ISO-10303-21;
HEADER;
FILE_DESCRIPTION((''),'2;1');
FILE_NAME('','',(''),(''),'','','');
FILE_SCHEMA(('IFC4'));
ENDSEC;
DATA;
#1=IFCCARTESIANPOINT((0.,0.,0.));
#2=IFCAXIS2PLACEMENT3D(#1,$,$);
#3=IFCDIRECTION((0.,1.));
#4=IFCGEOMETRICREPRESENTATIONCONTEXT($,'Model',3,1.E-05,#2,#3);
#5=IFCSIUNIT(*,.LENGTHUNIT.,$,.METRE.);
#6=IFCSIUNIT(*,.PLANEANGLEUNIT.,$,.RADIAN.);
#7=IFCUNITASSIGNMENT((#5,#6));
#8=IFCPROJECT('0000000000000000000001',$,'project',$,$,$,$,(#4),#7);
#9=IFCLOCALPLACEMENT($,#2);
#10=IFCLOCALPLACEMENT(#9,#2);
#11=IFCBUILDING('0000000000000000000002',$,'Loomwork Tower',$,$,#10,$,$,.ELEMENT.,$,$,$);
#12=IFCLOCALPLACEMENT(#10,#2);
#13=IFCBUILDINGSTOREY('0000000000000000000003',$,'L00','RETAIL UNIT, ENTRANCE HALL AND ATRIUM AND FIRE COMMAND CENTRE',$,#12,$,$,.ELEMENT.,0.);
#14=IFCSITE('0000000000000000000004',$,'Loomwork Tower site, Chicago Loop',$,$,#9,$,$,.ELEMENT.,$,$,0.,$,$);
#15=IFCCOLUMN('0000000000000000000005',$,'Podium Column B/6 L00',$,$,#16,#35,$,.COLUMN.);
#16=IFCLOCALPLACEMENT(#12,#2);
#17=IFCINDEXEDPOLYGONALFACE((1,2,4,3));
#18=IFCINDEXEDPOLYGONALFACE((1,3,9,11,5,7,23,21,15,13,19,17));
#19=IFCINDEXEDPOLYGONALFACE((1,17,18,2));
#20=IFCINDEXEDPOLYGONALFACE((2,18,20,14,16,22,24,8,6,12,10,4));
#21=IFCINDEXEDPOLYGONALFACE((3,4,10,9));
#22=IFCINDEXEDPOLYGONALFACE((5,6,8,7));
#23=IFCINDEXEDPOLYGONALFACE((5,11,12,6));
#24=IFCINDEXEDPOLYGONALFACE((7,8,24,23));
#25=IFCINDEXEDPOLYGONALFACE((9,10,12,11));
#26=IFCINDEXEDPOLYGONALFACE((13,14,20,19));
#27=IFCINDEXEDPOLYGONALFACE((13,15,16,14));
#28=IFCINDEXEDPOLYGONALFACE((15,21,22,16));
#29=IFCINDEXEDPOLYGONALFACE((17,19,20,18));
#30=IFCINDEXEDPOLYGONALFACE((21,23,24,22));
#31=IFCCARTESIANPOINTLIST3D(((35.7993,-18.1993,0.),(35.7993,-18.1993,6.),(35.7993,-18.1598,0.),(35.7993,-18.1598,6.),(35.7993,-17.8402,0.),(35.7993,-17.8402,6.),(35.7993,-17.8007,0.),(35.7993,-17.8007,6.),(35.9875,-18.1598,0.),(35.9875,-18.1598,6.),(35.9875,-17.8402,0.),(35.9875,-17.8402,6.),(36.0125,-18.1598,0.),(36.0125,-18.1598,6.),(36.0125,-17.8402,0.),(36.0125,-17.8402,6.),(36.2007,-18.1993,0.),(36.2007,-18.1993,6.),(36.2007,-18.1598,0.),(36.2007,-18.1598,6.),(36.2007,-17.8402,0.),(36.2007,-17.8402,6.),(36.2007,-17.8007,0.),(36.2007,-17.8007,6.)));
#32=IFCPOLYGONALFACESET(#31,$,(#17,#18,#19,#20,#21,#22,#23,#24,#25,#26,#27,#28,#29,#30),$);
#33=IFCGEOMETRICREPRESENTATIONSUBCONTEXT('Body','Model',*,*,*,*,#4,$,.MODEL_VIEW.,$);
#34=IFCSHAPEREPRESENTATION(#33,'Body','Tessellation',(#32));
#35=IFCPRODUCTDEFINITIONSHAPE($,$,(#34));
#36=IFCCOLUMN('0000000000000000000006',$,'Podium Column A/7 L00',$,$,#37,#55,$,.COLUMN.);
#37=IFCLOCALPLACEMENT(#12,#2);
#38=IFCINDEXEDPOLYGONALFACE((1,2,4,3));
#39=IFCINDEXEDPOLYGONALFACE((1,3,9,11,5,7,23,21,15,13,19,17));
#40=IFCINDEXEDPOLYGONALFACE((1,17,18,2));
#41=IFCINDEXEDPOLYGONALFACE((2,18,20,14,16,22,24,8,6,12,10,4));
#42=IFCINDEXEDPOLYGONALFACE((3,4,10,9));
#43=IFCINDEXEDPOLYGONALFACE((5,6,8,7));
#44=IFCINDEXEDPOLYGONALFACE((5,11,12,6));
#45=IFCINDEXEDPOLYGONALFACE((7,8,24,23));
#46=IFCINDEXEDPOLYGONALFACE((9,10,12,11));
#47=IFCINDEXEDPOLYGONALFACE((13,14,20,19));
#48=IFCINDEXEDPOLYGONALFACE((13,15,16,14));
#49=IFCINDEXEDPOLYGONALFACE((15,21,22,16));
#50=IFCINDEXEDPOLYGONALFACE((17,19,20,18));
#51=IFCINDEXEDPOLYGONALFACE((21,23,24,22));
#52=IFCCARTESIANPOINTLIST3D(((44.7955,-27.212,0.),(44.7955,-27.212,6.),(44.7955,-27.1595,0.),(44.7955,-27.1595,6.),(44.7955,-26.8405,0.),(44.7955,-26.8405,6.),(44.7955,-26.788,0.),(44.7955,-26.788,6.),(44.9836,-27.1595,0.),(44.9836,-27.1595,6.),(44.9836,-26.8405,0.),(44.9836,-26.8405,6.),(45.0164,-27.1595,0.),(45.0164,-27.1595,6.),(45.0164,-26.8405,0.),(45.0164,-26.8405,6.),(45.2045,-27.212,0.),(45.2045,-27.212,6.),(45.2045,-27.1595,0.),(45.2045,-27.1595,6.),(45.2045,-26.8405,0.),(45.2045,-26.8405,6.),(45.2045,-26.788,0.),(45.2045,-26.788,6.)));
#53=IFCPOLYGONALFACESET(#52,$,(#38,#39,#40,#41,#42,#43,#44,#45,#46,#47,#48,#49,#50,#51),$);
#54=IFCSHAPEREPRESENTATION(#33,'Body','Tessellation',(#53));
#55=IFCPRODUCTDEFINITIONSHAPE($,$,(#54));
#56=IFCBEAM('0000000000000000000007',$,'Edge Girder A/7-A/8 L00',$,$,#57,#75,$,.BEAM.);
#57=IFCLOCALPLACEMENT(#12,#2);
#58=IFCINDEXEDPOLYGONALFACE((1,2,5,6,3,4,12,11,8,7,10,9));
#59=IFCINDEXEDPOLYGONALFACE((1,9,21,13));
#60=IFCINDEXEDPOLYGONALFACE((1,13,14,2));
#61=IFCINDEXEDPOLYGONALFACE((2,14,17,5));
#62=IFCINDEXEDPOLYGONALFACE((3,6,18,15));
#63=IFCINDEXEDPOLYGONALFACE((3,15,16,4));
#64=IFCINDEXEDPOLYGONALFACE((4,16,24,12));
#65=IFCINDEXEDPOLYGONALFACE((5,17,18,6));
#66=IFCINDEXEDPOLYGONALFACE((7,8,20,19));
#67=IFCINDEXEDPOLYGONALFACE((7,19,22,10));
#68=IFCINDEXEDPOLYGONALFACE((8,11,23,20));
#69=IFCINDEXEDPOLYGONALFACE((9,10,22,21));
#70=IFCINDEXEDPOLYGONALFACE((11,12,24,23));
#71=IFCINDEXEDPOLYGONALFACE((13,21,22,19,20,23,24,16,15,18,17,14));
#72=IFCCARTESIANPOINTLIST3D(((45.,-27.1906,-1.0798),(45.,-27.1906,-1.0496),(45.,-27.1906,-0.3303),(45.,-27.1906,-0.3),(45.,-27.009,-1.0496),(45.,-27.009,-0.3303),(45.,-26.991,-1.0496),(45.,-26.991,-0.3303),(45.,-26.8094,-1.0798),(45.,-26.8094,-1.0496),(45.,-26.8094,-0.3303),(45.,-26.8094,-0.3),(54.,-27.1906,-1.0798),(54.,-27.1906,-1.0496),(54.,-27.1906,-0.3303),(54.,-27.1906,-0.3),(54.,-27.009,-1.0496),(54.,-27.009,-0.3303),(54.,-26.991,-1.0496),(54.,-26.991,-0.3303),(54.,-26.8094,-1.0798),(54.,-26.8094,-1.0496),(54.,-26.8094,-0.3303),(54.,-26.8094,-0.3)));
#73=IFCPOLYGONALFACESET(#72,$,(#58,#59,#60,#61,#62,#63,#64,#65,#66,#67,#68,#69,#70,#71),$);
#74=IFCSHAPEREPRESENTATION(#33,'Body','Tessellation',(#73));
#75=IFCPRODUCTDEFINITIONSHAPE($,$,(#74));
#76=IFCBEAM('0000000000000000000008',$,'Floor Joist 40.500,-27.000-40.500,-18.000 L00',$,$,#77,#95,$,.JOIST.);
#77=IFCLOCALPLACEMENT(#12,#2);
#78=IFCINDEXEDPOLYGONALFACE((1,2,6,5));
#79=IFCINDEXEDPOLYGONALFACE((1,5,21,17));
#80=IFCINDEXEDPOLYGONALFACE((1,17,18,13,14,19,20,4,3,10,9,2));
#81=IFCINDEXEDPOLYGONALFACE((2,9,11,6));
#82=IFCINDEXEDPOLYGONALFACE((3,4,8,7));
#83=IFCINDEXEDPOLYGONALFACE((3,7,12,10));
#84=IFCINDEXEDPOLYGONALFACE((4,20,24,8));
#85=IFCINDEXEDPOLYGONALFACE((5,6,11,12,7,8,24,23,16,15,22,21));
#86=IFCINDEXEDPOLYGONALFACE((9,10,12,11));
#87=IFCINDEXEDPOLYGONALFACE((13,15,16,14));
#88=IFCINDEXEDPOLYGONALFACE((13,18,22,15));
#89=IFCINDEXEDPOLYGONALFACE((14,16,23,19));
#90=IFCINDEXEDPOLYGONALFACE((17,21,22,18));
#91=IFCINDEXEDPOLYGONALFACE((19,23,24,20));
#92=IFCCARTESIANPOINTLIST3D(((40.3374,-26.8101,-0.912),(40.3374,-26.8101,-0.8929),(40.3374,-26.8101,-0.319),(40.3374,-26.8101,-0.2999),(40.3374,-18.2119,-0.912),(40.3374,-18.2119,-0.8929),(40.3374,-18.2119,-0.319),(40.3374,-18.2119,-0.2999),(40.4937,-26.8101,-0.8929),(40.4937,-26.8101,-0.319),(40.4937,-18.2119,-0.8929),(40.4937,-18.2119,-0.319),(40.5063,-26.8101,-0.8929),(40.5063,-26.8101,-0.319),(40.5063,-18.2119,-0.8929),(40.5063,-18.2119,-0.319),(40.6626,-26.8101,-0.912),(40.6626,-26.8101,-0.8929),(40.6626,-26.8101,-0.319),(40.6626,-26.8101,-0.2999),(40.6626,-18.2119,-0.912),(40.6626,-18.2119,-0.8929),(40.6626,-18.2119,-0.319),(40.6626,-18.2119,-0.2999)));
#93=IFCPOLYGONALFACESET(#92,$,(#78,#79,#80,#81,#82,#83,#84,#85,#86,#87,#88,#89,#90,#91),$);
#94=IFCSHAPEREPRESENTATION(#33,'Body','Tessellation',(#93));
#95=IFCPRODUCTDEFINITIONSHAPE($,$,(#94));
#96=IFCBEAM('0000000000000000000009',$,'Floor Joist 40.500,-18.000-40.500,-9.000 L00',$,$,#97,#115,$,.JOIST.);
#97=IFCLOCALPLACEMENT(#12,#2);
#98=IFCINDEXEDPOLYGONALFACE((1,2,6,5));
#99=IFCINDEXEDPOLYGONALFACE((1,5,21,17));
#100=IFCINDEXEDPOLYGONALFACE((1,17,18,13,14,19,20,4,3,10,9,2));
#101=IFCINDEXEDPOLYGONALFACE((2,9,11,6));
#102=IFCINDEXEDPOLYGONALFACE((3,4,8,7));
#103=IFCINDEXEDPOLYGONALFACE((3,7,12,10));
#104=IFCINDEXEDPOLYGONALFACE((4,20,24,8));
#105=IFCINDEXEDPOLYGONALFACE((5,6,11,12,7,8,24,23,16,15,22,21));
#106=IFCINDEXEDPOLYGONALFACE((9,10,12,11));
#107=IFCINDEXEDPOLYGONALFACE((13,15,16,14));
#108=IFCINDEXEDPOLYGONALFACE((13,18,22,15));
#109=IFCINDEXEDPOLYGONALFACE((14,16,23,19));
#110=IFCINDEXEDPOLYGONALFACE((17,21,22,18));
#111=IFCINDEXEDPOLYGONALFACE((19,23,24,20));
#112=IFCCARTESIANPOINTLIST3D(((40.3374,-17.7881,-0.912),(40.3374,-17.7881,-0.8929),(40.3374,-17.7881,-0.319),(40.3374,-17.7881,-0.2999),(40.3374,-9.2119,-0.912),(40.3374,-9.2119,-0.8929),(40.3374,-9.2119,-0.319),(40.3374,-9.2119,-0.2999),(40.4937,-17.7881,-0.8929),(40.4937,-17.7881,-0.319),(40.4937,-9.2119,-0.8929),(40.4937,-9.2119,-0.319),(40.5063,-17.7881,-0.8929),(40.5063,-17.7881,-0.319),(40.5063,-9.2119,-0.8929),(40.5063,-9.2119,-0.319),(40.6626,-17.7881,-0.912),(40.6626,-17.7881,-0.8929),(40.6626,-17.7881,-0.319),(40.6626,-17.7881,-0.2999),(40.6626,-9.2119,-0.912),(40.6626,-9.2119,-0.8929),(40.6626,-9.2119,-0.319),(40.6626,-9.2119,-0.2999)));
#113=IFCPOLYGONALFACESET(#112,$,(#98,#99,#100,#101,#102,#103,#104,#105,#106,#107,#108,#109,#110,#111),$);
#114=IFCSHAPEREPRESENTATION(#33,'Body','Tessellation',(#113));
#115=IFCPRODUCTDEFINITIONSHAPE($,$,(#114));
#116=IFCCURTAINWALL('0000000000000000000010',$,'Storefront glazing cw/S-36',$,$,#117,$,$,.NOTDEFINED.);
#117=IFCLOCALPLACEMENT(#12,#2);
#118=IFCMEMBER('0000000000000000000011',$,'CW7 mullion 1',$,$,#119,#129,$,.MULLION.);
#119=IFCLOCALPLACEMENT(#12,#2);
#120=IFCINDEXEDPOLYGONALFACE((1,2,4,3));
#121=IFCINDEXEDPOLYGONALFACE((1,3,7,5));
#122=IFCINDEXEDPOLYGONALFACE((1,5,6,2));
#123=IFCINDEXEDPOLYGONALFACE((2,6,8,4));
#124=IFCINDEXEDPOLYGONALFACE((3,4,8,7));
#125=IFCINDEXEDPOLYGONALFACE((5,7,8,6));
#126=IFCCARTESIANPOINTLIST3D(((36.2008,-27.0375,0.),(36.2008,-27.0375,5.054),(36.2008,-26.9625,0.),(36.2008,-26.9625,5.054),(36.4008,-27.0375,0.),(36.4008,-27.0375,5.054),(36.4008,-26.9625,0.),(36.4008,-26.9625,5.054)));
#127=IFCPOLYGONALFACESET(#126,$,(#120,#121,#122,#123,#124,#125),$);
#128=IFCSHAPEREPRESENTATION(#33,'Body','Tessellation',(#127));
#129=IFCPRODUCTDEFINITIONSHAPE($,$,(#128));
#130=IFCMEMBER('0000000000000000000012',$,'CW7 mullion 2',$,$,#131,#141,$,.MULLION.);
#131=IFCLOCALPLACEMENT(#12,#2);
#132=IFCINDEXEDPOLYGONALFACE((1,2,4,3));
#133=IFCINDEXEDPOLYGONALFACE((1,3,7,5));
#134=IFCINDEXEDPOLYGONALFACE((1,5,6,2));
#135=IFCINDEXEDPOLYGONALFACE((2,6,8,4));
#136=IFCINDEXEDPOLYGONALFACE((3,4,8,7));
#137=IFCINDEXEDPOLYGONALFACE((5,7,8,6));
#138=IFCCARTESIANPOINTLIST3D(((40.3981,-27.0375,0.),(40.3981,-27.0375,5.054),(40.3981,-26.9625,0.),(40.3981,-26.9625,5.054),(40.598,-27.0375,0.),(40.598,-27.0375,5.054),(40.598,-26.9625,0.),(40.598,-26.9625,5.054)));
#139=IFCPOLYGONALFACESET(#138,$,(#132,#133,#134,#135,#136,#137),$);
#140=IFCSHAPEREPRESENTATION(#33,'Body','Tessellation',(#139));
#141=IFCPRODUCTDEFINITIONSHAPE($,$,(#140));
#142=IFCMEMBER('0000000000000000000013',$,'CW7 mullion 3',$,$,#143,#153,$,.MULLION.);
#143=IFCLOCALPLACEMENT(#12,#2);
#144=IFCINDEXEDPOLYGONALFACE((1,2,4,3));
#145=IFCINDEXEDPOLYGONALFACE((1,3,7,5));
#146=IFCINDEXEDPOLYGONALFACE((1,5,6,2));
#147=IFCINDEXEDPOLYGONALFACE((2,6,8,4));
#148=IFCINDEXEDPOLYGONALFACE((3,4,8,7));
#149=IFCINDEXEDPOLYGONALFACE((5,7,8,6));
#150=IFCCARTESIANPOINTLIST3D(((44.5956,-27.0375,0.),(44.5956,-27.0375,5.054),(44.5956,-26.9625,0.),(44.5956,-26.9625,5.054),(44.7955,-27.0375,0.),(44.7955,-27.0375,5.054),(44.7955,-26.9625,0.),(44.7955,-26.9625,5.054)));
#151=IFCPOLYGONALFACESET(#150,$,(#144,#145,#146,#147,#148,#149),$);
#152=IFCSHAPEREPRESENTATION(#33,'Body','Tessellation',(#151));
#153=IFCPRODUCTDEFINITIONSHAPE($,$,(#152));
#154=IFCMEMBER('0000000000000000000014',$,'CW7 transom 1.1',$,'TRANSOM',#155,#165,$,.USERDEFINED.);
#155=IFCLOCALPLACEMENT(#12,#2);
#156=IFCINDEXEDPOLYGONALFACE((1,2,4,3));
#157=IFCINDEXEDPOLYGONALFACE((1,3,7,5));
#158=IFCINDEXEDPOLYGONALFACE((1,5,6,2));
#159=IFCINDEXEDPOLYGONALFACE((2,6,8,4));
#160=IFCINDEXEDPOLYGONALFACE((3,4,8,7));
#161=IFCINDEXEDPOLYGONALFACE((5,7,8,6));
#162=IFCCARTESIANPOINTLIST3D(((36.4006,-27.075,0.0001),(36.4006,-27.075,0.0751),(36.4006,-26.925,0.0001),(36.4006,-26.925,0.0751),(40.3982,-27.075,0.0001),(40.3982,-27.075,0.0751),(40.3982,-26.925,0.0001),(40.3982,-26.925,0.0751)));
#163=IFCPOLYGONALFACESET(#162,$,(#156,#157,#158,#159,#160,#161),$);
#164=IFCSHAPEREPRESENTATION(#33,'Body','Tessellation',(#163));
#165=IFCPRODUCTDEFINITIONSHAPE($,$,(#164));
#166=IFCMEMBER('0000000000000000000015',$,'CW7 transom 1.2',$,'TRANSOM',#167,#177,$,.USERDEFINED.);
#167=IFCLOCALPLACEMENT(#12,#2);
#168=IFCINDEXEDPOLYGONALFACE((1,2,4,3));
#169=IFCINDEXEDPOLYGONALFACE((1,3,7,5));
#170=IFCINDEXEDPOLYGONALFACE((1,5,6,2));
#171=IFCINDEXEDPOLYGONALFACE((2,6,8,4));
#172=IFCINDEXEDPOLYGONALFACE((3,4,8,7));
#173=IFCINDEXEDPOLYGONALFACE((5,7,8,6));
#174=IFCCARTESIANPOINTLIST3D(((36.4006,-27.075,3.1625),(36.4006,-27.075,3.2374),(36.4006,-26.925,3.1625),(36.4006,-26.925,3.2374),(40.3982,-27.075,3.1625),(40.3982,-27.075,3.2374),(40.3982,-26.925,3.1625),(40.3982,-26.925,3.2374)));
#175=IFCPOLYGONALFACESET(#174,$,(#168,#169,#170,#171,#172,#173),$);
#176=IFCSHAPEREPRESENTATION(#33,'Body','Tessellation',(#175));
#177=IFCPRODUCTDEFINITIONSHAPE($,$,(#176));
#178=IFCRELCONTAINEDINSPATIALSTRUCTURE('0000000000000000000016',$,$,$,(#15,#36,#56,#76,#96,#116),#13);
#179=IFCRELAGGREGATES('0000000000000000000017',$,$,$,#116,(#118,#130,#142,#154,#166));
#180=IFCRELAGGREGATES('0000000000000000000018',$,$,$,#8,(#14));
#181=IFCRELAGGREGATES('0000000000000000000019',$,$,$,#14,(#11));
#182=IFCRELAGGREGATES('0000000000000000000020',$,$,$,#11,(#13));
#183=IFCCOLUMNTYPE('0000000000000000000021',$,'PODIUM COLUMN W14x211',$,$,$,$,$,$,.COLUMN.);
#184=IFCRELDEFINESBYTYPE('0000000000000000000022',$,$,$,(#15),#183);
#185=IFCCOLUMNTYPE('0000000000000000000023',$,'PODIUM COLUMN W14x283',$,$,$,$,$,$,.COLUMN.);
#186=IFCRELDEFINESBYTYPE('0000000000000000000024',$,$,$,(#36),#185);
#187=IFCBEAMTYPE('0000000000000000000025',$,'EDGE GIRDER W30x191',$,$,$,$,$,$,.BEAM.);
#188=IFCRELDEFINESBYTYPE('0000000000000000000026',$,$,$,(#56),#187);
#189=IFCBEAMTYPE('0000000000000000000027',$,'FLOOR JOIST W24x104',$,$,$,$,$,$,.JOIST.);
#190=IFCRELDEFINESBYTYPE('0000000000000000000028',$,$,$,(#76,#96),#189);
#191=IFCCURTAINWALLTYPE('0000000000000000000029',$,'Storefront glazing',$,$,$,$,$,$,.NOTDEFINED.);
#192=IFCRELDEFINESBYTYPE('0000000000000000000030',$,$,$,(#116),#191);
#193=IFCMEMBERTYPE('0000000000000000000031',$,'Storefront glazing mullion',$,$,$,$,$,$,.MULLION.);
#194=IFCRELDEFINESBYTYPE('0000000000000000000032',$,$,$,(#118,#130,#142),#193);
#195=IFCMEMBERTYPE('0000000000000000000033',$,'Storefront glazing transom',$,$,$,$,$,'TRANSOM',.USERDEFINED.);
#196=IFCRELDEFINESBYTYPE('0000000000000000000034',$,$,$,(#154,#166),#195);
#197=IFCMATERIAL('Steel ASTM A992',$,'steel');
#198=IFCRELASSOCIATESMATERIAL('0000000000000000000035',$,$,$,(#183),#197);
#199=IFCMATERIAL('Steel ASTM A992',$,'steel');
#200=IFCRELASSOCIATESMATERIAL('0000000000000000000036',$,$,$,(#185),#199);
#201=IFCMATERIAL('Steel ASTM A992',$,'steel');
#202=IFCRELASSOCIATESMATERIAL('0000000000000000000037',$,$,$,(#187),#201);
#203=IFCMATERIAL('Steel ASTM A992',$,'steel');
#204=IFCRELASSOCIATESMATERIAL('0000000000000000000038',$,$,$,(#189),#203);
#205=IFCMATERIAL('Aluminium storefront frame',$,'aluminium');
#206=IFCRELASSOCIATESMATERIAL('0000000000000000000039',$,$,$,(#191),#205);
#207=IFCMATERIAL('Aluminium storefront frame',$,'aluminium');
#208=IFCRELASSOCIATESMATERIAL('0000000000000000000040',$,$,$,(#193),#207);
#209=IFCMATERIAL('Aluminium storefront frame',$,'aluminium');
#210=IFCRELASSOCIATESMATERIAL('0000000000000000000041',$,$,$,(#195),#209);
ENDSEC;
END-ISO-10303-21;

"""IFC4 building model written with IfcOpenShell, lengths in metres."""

from ifc_helpers import new_model, si_unit, direction, frame, origin, origin_2d, place, context, subcontext, project, spatial, rectangle, i_section, extrude, material, material_profile, profile_set, type_object, element, aggregate, save


model = new_model("IFC4")

# Units and contexts
model_context = context("Model", 3, precision=1e-05, world=origin(), true_north=direction((0.0, 1.0)))
body_context = subcontext(model_context, "Body", "Model", "MODEL_VIEW")
ifc_project = project(units=[si_unit("LENGTHUNIT", "METRE"), si_unit("PLANEANGLEUNIT", "RADIAN")], contexts=[model_context])

# Site, building, storey
site_placement = place(None, origin())
site = spatial("IfcSite", under=ifc_project, at=site_placement, Name="Loomwork Tower site, Chicago Loop", CompositionType="ELEMENT", RefElevation=0.0)
building_placement = place(site_placement, origin())
building = spatial("IfcBuilding", under=site, at=building_placement, Name="Loomwork Tower", CompositionType="ELEMENT")
storey_placement = place(building_placement, origin())
storey = spatial("IfcBuildingStorey", under=building, at=storey_placement, Name="L00", Description="RETAIL UNIT, ENTRANCE HALL AND ATRIUM AND FIRE COMMAND CENTRE", CompositionType="ELEMENT", Elevation=0.0)

# Columns
ifc_material_1 = material(Name="Steel ASTM A992", Category="steel")
ifc_material_profile_1 = material_profile(ifc_material_1, i_section(OverallWidth=0.4014, OverallDepth=0.3987, WebThickness=0.0249, FlangeThickness=0.0396, at=origin_2d()), Name="W14x211")
ifc_profile_set_1 = profile_set([ifc_material_profile_1], Name="Steel ASTM A992")
column_type_1 = type_object("IfcColumnType", Name="PODIUM COLUMN W14x211", PredefinedType="COLUMN", material=ifc_profile_set_1)
column_1_placement = place(storey_placement, frame((36.0, -18.0, 0.0), z_axis=(0.0, 0.0, 1.0), x_axis=(1.0, 0.0, 0.0)))
element("IfcColumn", 1, at=column_1_placement, inside=storey, type_object=column_type_1, Name="Podium Column B/6 L00", PredefinedType="COLUMN", context=body_context, shape_type="SweptSolid", body=[
    extrude(i_section(OverallWidth=0.4014, OverallDepth=0.3987, WebThickness=0.0249, FlangeThickness=0.0396, at=origin_2d()), origin(), (0.0, 0.0, 1.0), 6.0),
])
ifc_material_2 = material(Name="Steel ASTM A992", Category="steel")
ifc_material_profile_2 = material_profile(ifc_material_2, i_section(OverallWidth=0.4089, OverallDepth=0.4241, WebThickness=0.0327, FlangeThickness=0.0525, at=origin_2d()), Name="W14x283")
ifc_profile_set_2 = profile_set([ifc_material_profile_2], Name="Steel ASTM A992")
column_type_2 = type_object("IfcColumnType", Name="PODIUM COLUMN W14x283", PredefinedType="COLUMN", material=ifc_profile_set_2)
column_2_placement = place(storey_placement, frame((45.0, -27.0, 0.0), z_axis=(0.0, 0.0, 1.0), x_axis=(1.0, 0.0, 0.0)))
element("IfcColumn", 2, at=column_2_placement, inside=storey, type_object=column_type_2, Name="Podium Column A/7 L00", PredefinedType="COLUMN", context=body_context, shape_type="SweptSolid", body=[
    extrude(i_section(OverallWidth=0.4089, OverallDepth=0.4241, WebThickness=0.0327, FlangeThickness=0.0525, at=origin_2d()), origin(), (0.0, 0.0, 1.0), 6.0),
])

# Beams
ifc_material_3 = material(Name="Steel ASTM A992", Category="steel")
ifc_material_profile_3 = material_profile(ifc_material_3, i_section(OverallWidth=0.3811, OverallDepth=0.7798, WebThickness=0.0181, FlangeThickness=0.0303, at=origin_2d()), Name="W30x191")
ifc_profile_set_3 = profile_set([ifc_material_profile_3], Name="Steel ASTM A992")
beam_type_1 = type_object("IfcBeamType", Name="EDGE GIRDER W30x191", PredefinedType="BEAM", material=ifc_profile_set_3)
beam_1_placement = place(storey_placement, frame((45.0, -27.0, -0.6899), z_axis=(1.0, 0.0, 0.0), x_axis=(0.0, 1.0, 0.0)))
element("IfcBeam", 3, at=beam_1_placement, inside=storey, type_object=beam_type_1, Name="Edge Girder A/7-A/8 L00", PredefinedType="BEAM", context=body_context, shape_type="SweptSolid", body=[
    extrude(i_section(OverallWidth=0.3811, OverallDepth=0.7798, WebThickness=0.0181, FlangeThickness=0.0303, at=origin_2d()), origin(), (0.0, 0.0, 1.0), 9.0),
])
ifc_material_4 = material(Name="Steel ASTM A992", Category="steel")
ifc_material_profile_4 = material_profile(ifc_material_4, i_section(OverallWidth=0.3252, OverallDepth=0.6121, WebThickness=0.0127, FlangeThickness=0.019, at=origin_2d()), Name="W24x104")
ifc_profile_set_4 = profile_set([ifc_material_profile_4], Name="Steel ASTM A992")
beam_type_2 = type_object("IfcBeamType", Name="FLOOR JOIST W24x104", PredefinedType="JOIST", material=ifc_profile_set_4)
beam_2_placement = place(storey_placement, frame((40.5, -26.8101, -0.606), z_axis=(0.0, 1.0, 0.0), x_axis=(-1.0, 0.0, 0.0)))
element("IfcBeam", 4, at=beam_2_placement, inside=storey, type_object=beam_type_2, Name="Floor Joist 40.500,-27.000-40.500,-18.000 L00", PredefinedType="JOIST", context=body_context, shape_type="SweptSolid", body=[
    extrude(i_section(OverallWidth=0.3252, OverallDepth=0.6121, WebThickness=0.0127, FlangeThickness=0.019, at=origin_2d()), origin(), (0.0, 0.0, 1.0), 8.5981),
])
beam_3_placement = place(storey_placement, frame((40.5, -17.7881, -0.606), z_axis=(0.0, 1.0, 0.0), x_axis=(-1.0, 0.0, 0.0)))
element("IfcBeam", 5, at=beam_3_placement, inside=storey, type_object=beam_type_2, Name="Floor Joist 40.500,-18.000-40.500,-9.000 L00", PredefinedType="JOIST", context=body_context, shape_type="SweptSolid", body=[
    extrude(i_section(OverallWidth=0.3252, OverallDepth=0.6121, WebThickness=0.0127, FlangeThickness=0.019, at=origin_2d()), origin(), (0.0, 0.0, 1.0), 8.5762),
])

# Curtain wall, members
ifc_material_5 = material(Name="Aluminium storefront frame", Category="aluminium")
curtain_wall_type = type_object("IfcCurtainWallType", Name="Storefront glazing", PredefinedType="NOTDEFINED", material=ifc_material_5)
curtain_wall_placement = place(storey_placement, origin())
curtain_wall = element("IfcCurtainWall", 6, at=curtain_wall_placement, inside=storey, type_object=curtain_wall_type, Name="Storefront glazing cw/S-36", PredefinedType="NOTDEFINED")
ifc_material_6 = material(Name="Aluminium storefront frame", Category="aluminium")
ifc_material_profile_5 = material_profile(ifc_material_6, rectangle(XDim=0.075, YDim=0.2, at=origin_2d()), Name="AL 75x200")
ifc_profile_set_5 = profile_set([ifc_material_profile_5], Name="Aluminium storefront frame")
member_type_1 = type_object("IfcMemberType", Name="Storefront glazing mullion", PredefinedType="MULLION", material=ifc_profile_set_5)
member_1_placement = place(storey_placement, frame((36.3008, -27.0, 0.0), z_axis=(0.0, 0.0, 1.0), x_axis=(0.0, 1.0, 0.0)))
member_1 = element("IfcMember", 7, at=member_1_placement, type_object=member_type_1, Name="CW7 mullion 1", PredefinedType="MULLION", context=body_context, shape_type="SweptSolid", body=[
    extrude(rectangle(XDim=0.075, YDim=0.2, at=origin_2d()), origin(), (0.0, 0.0, 1.0), 5.054),
])
member_2_placement = place(storey_placement, frame((40.498, -27.0, 0.0), z_axis=(0.0, 0.0, 1.0), x_axis=(0.0, 1.0, 0.0)))
member_2 = element("IfcMember", 8, at=member_2_placement, type_object=member_type_1, Name="CW7 mullion 2", PredefinedType="MULLION", context=body_context, shape_type="SweptSolid", body=[
    extrude(rectangle(XDim=0.075, YDim=0.2, at=origin_2d()), origin(), (0.0, 0.0, 1.0), 5.054),
])
member_3_placement = place(storey_placement, frame((44.6956, -27.0, 0.0), z_axis=(0.0, 0.0, 1.0), x_axis=(0.0, 1.0, 0.0)))
member_3 = element("IfcMember", 9, at=member_3_placement, type_object=member_type_1, Name="CW7 mullion 3", PredefinedType="MULLION", context=body_context, shape_type="SweptSolid", body=[
    extrude(rectangle(XDim=0.075, YDim=0.2, at=origin_2d()), origin(), (0.0, 0.0, 1.0), 5.054),
])
ifc_material_7 = material(Name="Aluminium storefront frame", Category="aluminium")
ifc_material_profile_6 = material_profile(ifc_material_7, rectangle(XDim=0.1499, YDim=0.075, at=origin_2d()), Name="AL 75x150")
ifc_profile_set_6 = profile_set([ifc_material_profile_6], Name="Aluminium storefront frame")
member_type_2 = type_object("IfcMemberType", Name="Storefront glazing transom", ElementType="TRANSOM", PredefinedType="USERDEFINED", material=ifc_profile_set_6)
member_4_placement = place(storey_placement, frame((36.4006, -27.0, 0.0376), z_axis=(1.0, 0.0, 0.0), x_axis=(0.0, 1.0, 0.0)))
member_4 = element("IfcMember", 10, at=member_4_placement, type_object=member_type_2, Name="CW7 transom 1.1", ObjectType="TRANSOM", PredefinedType="USERDEFINED", context=body_context, shape_type="SweptSolid", body=[
    extrude(rectangle(XDim=0.1499, YDim=0.075, at=origin_2d()), origin(), (0.0, 0.0, 1.0), 3.9976),
])
member_5_placement = place(storey_placement, frame((36.4006, -27.0, 3.2), z_axis=(1.0, 0.0, 0.0), x_axis=(0.0, 1.0, 0.0)))
member_5 = element("IfcMember", 11, at=member_5_placement, type_object=member_type_2, Name="CW7 transom 1.2", ObjectType="TRANSOM", PredefinedType="USERDEFINED", context=body_context, shape_type="SweptSolid", body=[
    extrude(rectangle(XDim=0.1499, YDim=0.075, at=origin_2d()), origin(), (0.0, 0.0, 1.0), 3.9976),
])

aggregate(curtain_wall, [member_1, member_2, member_3, member_4, member_5])

save(model, "model.ifc")
